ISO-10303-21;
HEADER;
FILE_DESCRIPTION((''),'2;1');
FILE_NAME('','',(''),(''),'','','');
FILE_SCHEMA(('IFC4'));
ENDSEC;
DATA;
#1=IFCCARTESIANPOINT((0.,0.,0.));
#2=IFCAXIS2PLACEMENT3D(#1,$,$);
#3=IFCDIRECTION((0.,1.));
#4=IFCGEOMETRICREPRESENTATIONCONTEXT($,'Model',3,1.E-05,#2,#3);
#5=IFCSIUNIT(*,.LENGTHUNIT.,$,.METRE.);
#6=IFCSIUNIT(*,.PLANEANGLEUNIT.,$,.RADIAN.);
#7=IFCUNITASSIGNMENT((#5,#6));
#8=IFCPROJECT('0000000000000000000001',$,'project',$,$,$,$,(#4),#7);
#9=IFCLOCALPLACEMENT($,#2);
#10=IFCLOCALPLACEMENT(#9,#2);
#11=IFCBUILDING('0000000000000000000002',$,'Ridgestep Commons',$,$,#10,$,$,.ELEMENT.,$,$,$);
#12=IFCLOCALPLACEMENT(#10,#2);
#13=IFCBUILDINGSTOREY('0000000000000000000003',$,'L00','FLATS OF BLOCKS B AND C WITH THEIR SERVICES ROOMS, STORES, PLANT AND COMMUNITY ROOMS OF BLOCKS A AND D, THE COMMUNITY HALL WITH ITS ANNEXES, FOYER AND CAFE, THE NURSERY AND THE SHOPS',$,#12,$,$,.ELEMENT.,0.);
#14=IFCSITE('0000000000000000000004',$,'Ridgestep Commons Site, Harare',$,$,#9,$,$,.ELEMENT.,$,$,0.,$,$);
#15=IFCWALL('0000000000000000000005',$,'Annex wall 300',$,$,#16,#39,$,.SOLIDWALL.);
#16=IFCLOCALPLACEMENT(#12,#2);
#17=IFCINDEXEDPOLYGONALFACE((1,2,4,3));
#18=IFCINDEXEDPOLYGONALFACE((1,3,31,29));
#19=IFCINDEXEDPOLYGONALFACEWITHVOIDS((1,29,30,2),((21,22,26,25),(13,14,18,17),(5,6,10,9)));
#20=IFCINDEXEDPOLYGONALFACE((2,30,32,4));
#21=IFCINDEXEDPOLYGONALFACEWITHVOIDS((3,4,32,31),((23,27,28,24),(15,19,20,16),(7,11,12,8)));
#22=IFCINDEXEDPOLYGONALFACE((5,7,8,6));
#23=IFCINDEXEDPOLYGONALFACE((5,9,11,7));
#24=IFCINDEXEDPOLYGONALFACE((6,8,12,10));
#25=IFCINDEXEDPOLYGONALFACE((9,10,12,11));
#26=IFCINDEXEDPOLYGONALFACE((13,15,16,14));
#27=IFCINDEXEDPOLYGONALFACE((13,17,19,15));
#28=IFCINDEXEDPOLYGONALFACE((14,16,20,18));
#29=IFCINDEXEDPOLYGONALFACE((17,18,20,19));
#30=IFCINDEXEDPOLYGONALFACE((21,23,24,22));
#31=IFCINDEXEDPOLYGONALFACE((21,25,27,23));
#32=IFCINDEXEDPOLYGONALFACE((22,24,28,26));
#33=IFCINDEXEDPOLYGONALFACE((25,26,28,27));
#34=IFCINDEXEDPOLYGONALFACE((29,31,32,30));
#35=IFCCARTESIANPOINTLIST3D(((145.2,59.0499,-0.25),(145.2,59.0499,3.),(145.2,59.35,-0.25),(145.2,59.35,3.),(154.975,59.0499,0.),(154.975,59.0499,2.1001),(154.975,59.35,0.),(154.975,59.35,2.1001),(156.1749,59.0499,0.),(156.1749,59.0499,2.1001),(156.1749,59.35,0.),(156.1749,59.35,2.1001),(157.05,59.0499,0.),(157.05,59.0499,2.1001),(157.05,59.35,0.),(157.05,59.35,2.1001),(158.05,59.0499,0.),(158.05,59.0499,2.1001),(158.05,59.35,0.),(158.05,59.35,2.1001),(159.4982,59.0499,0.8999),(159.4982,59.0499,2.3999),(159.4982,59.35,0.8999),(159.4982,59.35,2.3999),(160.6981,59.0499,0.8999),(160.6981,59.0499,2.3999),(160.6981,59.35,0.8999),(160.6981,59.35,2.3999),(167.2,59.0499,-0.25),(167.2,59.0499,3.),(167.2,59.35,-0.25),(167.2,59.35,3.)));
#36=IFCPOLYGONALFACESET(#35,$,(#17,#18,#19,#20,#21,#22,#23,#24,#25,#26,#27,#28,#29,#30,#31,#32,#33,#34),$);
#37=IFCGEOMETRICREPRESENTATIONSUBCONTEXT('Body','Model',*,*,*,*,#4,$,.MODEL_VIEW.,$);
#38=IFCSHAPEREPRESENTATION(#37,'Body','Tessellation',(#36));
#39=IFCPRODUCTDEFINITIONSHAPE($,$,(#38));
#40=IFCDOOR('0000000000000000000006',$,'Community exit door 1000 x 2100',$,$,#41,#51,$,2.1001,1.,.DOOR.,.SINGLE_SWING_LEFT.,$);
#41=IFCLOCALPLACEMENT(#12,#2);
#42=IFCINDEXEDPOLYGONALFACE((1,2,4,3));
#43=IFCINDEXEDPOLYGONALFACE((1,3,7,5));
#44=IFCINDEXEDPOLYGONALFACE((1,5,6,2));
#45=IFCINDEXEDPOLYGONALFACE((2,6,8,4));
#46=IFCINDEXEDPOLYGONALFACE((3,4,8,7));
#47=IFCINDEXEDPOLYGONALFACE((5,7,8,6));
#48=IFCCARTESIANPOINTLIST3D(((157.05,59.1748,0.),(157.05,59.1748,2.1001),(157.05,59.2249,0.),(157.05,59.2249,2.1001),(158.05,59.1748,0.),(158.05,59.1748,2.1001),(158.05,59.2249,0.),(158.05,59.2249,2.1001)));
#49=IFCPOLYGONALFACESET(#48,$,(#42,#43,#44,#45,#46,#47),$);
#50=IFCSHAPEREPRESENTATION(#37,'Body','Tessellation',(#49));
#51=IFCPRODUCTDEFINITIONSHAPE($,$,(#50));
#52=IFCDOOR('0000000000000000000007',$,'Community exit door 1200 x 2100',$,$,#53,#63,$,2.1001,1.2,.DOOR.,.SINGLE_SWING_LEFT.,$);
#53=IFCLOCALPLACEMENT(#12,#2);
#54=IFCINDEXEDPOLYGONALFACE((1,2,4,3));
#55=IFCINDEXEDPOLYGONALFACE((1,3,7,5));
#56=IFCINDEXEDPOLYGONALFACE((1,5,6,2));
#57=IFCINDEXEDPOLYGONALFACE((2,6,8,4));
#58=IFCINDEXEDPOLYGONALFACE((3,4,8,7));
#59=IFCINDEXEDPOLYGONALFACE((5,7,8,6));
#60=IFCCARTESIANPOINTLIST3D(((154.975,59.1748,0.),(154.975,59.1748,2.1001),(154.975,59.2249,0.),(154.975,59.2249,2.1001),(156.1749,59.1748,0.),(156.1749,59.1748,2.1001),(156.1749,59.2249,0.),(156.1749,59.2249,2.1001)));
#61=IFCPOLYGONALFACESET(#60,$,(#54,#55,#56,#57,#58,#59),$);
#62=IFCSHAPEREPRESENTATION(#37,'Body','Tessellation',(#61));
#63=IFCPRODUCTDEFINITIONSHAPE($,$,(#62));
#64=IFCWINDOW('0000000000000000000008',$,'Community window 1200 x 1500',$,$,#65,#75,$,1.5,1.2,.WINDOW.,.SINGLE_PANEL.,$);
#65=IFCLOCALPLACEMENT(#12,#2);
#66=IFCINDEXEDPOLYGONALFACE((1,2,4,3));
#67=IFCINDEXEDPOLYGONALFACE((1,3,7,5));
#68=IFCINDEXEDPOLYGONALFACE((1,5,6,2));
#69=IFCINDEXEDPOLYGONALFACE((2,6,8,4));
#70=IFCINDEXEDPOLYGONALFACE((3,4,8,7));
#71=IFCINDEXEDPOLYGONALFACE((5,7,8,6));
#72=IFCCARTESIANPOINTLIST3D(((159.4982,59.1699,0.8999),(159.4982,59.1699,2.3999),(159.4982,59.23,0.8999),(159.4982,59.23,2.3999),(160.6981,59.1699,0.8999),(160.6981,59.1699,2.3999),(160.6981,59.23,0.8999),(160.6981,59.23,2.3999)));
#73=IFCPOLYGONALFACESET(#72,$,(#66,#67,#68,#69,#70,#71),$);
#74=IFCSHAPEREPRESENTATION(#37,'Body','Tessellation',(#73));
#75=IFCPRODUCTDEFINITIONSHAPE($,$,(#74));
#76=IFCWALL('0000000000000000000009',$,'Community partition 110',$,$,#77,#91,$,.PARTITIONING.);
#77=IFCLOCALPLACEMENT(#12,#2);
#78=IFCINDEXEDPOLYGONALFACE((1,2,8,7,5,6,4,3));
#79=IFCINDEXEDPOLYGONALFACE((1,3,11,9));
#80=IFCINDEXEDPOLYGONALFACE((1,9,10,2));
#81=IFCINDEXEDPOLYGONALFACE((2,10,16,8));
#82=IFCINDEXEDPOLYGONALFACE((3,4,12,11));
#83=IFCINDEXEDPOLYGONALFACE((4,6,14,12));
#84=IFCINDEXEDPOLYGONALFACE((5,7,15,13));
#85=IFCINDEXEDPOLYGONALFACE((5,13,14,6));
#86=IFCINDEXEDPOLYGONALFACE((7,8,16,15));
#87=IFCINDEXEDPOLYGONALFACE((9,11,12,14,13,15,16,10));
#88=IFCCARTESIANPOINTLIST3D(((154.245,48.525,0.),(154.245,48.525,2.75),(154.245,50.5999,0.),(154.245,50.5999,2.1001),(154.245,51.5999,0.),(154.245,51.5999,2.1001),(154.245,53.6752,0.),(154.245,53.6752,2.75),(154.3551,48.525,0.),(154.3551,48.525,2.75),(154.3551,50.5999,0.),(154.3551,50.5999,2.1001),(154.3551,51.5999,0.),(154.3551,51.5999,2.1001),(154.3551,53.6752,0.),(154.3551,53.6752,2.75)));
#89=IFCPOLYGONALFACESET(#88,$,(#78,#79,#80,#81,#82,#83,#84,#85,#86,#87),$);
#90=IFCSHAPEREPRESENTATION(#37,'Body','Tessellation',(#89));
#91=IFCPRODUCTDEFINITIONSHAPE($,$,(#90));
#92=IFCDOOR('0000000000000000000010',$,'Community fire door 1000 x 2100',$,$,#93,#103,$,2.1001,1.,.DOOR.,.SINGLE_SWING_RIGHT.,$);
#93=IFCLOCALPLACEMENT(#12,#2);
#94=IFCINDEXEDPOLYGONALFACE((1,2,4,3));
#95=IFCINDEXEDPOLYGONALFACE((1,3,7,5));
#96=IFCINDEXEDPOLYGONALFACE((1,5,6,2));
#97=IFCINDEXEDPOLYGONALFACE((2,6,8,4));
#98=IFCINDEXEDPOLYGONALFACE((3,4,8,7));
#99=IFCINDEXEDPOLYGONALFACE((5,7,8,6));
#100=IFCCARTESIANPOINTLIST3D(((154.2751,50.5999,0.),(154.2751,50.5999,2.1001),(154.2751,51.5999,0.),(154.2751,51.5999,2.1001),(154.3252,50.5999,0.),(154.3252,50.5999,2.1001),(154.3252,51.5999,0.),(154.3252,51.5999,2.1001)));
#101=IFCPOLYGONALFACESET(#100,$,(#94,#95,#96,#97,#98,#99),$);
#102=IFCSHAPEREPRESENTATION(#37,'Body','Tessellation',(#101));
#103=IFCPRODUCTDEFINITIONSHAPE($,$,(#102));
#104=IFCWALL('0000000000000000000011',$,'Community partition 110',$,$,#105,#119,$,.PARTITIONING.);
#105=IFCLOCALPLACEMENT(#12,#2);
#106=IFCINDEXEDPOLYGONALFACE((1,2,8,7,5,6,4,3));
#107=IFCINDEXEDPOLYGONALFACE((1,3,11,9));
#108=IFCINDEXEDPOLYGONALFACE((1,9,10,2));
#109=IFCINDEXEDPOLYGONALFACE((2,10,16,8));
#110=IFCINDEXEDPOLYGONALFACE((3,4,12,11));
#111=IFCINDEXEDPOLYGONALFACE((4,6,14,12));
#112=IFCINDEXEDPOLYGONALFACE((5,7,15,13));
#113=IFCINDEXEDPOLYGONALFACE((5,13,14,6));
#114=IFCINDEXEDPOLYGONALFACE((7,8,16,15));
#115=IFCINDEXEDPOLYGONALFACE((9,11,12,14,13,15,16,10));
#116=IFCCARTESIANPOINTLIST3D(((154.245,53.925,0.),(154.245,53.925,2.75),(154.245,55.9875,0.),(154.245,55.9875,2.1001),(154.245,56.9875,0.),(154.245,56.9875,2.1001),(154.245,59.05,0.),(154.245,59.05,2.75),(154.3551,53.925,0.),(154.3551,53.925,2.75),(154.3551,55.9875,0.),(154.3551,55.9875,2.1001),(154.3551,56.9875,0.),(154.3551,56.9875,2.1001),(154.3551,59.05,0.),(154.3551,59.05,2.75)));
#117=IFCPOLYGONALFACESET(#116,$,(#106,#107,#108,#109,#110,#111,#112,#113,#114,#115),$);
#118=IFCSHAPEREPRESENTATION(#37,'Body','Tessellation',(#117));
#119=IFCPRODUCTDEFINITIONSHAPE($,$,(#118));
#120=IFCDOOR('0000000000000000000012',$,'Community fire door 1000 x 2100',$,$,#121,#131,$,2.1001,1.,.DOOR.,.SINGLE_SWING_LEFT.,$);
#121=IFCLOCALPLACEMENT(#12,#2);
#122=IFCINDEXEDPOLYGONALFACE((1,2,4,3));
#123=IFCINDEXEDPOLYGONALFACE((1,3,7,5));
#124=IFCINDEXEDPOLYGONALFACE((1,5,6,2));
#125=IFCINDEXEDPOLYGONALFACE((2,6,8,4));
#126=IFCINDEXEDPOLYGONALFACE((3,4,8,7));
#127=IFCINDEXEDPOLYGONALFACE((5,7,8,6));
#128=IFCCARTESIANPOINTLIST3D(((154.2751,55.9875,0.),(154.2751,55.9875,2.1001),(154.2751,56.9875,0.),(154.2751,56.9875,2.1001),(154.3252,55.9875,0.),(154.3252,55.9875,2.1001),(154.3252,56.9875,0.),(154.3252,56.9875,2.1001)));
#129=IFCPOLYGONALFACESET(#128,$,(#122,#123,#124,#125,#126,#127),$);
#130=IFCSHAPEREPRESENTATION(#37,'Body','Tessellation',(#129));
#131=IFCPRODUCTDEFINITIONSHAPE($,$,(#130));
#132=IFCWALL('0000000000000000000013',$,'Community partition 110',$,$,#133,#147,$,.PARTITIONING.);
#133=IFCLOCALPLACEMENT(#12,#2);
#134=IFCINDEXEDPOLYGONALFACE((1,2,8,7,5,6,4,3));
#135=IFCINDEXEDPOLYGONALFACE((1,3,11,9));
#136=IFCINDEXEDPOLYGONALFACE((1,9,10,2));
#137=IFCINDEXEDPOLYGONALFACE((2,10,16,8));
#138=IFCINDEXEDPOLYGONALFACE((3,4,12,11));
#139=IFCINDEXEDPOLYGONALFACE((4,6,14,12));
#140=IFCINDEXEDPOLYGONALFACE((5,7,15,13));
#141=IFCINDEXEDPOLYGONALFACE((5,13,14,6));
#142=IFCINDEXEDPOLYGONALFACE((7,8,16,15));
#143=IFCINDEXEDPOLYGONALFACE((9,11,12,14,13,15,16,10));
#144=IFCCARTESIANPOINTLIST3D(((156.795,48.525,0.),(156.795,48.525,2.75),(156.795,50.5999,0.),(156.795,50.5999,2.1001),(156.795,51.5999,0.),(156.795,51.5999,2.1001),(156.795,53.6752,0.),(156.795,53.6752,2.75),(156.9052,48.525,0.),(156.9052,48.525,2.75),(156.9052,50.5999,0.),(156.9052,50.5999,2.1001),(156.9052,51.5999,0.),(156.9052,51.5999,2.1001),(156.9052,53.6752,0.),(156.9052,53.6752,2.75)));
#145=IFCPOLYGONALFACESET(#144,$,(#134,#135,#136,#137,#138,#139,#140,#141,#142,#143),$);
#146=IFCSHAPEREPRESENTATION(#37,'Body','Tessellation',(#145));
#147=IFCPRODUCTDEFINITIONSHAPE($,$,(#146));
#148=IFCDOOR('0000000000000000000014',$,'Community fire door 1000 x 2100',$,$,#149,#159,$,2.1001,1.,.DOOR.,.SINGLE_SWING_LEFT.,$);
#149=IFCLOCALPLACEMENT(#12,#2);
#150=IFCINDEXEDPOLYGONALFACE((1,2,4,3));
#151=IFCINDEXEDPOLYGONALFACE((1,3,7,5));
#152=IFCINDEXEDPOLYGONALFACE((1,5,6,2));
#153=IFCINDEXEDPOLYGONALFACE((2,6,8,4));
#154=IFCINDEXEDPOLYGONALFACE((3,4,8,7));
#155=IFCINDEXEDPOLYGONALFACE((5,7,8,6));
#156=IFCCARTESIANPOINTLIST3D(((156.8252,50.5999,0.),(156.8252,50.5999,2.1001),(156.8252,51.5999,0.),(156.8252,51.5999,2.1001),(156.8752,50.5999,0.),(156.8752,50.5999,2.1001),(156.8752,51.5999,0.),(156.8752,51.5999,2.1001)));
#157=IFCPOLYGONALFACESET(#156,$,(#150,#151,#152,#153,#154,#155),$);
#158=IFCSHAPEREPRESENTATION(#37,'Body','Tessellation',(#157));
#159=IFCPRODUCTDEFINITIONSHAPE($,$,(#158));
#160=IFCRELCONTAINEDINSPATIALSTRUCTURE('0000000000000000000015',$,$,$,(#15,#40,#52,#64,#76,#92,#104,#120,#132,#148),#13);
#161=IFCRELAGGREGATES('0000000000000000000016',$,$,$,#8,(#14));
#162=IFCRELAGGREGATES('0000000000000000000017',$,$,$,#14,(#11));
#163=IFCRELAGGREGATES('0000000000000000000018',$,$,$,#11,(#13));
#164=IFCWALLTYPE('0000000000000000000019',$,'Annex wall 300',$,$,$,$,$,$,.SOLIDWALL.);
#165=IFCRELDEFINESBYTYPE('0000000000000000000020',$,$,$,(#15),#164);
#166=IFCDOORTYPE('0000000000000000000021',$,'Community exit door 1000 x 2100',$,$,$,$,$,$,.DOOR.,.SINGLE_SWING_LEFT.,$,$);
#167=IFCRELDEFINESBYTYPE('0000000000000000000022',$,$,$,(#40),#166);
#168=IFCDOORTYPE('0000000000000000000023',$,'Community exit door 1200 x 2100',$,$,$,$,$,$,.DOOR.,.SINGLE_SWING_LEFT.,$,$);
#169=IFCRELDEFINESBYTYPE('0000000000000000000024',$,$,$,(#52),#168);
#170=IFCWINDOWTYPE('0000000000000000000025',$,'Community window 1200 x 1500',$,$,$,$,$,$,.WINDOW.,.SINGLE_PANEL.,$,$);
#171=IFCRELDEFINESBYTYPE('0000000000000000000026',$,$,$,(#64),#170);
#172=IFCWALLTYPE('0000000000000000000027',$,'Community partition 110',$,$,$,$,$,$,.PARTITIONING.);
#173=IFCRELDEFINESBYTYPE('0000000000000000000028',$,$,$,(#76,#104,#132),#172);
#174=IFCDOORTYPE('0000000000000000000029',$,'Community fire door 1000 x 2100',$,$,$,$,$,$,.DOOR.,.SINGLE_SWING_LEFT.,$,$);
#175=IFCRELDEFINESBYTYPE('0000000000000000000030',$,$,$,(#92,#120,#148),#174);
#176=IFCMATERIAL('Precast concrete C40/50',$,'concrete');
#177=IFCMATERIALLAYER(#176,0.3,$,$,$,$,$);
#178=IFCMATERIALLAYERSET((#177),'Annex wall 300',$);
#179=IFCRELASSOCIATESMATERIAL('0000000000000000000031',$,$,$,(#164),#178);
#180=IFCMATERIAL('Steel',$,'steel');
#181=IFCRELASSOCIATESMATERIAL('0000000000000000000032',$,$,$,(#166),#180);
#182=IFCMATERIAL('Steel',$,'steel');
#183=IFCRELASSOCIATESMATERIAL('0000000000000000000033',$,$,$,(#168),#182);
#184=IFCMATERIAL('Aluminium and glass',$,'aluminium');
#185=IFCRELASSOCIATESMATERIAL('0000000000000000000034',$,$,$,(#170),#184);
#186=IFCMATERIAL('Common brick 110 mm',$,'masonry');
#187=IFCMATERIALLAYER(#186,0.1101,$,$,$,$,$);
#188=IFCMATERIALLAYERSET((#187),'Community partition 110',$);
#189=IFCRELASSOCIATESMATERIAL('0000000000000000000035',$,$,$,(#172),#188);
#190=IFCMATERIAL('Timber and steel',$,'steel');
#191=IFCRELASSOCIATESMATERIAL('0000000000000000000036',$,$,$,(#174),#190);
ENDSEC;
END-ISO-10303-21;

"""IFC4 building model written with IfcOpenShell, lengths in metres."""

from ifc_helpers import new_model, si_unit, direction, frame, frame_2d, origin, place, context, subcontext, project, spatial, rectangle, extrude, material, layer, layer_set, type_object, element, fill, save


model = new_model("IFC4")

# Units and contexts
model_context = context("Model", 3, precision=1e-05, world=origin(), true_north=direction((0.0, 1.0)))
body_context = subcontext(model_context, "Body", "Model", "MODEL_VIEW")
ifc_project = project(units=[si_unit("LENGTHUNIT", "METRE"), si_unit("PLANEANGLEUNIT", "RADIAN")], contexts=[model_context])

# Site, building, storey
site_placement = place(None, origin())
site = spatial("IfcSite", under=ifc_project, at=site_placement, Name="Ridgestep Commons Site, Harare", CompositionType="ELEMENT", RefElevation=0.0)
building_placement = place(site_placement, origin())
building = spatial("IfcBuilding", under=site, at=building_placement, Name="Ridgestep Commons", CompositionType="ELEMENT")
storey_placement = place(building_placement, origin())
storey = spatial("IfcBuildingStorey", under=building, at=storey_placement, Name="L00", Description="FLATS OF BLOCKS B AND C WITH THEIR SERVICES ROOMS, STORES, PLANT AND COMMUNITY ROOMS OF BLOCKS A AND D, THE COMMUNITY HALL WITH ITS ANNEXES, FOYER AND CAFE, THE NURSERY AND THE SHOPS", CompositionType="ELEMENT", Elevation=0.0)

# Wall, openings, doors, window
ifc_material_1 = material(Name="Precast concrete C40/50", Category="concrete")
ifc_layer_1 = layer(ifc_material_1, 0.3)
ifc_layer_set_1 = layer_set([ifc_layer_1], Name="Annex wall 300")
wall_type_1 = type_object("IfcWallType", Name="Annex wall 300", PredefinedType="SOLIDWALL", material=ifc_layer_set_1)
wall_1_placement = place(storey_placement, frame((145.2, 59.2, -0.25), z_axis=(0.0, 0.0, 1.0), x_axis=(1.0, 0.0, 0.0)))
wall_1 = element("IfcWall", 1, at=wall_1_placement, inside=storey, type_object=wall_type_1, Name="Annex wall 300", PredefinedType="SOLIDWALL", context=body_context, shape_type="SweptSolid", body=[
    extrude(rectangle(XDim=22.0, YDim=0.3, at=frame_2d((11.0, 0.0))), origin(), (0.0, 0.0, 1.0), 3.25),
])
opening_1_placement = place(wall_1_placement, frame((14.2981, 0.0, 1.1499)))
opening_1 = element("IfcOpeningElement", 2, at=opening_1_placement, cuts=wall_1, PredefinedType="OPENING", context=body_context, shape_type="SweptSolid", body=[
    extrude(rectangle(XDim=1.2, YDim=1.5, at=frame_2d((0.6001, 0.75))), frame((0.0, 0.1599, 0.0), z_axis=(0.0, -1.0, 0.0), x_axis=(1.0, 0.0, 0.0)), (0.0, 0.0, 1.0), 0.3201),
])
opening_2_placement = place(wall_1_placement, frame((9.7749, 0.0, 0.25)))
opening_2 = element("IfcOpeningElement", 3, at=opening_2_placement, cuts=wall_1, PredefinedType="OPENING", context=body_context, shape_type="SweptSolid", body=[
    extrude(rectangle(XDim=1.2, YDim=2.1001, at=frame_2d((0.6001, 1.05))), frame((0.0, 0.1599, 0.0), z_axis=(0.0, -1.0, 0.0), x_axis=(1.0, 0.0, 0.0)), (0.0, 0.0, 1.0), 0.3201),
])
opening_3_placement = place(wall_1_placement, frame((11.8501, 0.0, 0.25)))
opening_3 = element("IfcOpeningElement", 4, at=opening_3_placement, cuts=wall_1, PredefinedType="OPENING", context=body_context, shape_type="SweptSolid", body=[
    extrude(rectangle(XDim=1.0, YDim=2.1001, at=frame_2d((0.5, 1.05))), frame((0.0, 0.1599, 0.0), z_axis=(0.0, -1.0, 0.0), x_axis=(1.0, 0.0, 0.0)), (0.0, 0.0, 1.0), 0.3201),
])
ifc_material_2 = material(Name="Steel", Category="steel")
door_type_1 = type_object("IfcDoorType", Name="Community exit door 1000 x 2100", OperationType="SINGLE_SWING_LEFT", PredefinedType="DOOR", material=ifc_material_2)
door_1_placement = place(opening_3_placement, origin())
door_1 = element("IfcDoor", 5, at=door_1_placement, inside=storey, type_object=door_type_1, Name="Community exit door 1000 x 2100", OperationType="SINGLE_SWING_LEFT", OverallHeight=2.1001, OverallWidth=1.0, PredefinedType="DOOR", context=body_context, shape_type="SweptSolid", body=[
    extrude(rectangle(XDim=1.0, YDim=2.1001, at=frame_2d((0.5, 1.05))), frame((0.0, 0.0249, 0.0), z_axis=(0.0, -1.0, 0.0), x_axis=(1.0, 0.0, 0.0)), (0.0, 0.0, 1.0), 0.05),
])
fill(opening_3, door_1)
ifc_material_3 = material(Name="Steel", Category="steel")
door_type_2 = type_object("IfcDoorType", Name="Community exit door 1200 x 2100", OperationType="SINGLE_SWING_LEFT", PredefinedType="DOOR", material=ifc_material_3)
door_2_placement = place(opening_2_placement, origin())
door_2 = element("IfcDoor", 6, at=door_2_placement, inside=storey, type_object=door_type_2, Name="Community exit door 1200 x 2100", OperationType="SINGLE_SWING_LEFT", OverallHeight=2.1001, OverallWidth=1.2, PredefinedType="DOOR", context=body_context, shape_type="SweptSolid", body=[
    extrude(rectangle(XDim=1.2, YDim=2.1001, at=frame_2d((0.6001, 1.05))), frame((0.0, 0.0249, 0.0), z_axis=(0.0, -1.0, 0.0), x_axis=(1.0, 0.0, 0.0)), (0.0, 0.0, 1.0), 0.05),
])
fill(opening_2, door_2)
ifc_material_4 = material(Name="Aluminium and glass", Category="aluminium")
window_type = type_object("IfcWindowType", Name="Community window 1200 x 1500", PartitioningType="SINGLE_PANEL", PredefinedType="WINDOW", material=ifc_material_4)
window_placement = place(opening_1_placement, origin())
window = element("IfcWindow", 7, at=window_placement, inside=storey, type_object=window_type, Name="Community window 1200 x 1500", OverallHeight=1.5, OverallWidth=1.2, PartitioningType="SINGLE_PANEL", PredefinedType="WINDOW", context=body_context, shape_type="SweptSolid", body=[
    extrude(rectangle(XDim=1.2, YDim=1.5, at=frame_2d((0.6001, 0.75))), frame((0.0, 0.03, 0.0), z_axis=(0.0, -1.0, 0.0), x_axis=(1.0, 0.0, 0.0)), (0.0, 0.0, 1.0), 0.0601),
])
fill(opening_1, window)

# Walls, openings, doors
ifc_material_5 = material(Name="Common brick 110 mm", Category="masonry")
ifc_layer_2 = layer(ifc_material_5, 0.1101)
ifc_layer_set_2 = layer_set([ifc_layer_2], Name="Community partition 110")
wall_type_2 = type_object("IfcWallType", Name="Community partition 110", PredefinedType="PARTITIONING", material=ifc_layer_set_2)
wall_2_placement = place(storey_placement, frame((154.3, 48.5249, 0.0), z_axis=(0.0, 0.0, 1.0), x_axis=(0.0, 1.0, 0.0)))
wall_2 = element("IfcWall", 8, at=wall_2_placement, inside=storey, type_object=wall_type_2, Name="Community partition 110", PredefinedType="PARTITIONING", context=body_context, shape_type="SweptSolid", body=[
    extrude(rectangle(XDim=5.1501, YDim=0.1101, at=frame_2d((2.5752, 0.0))), origin(), (0.0, 0.0, 1.0), 2.75),
])
opening_4_placement = place(wall_2_placement, frame((2.075, 0.0, 0.0)))
opening_4 = element("IfcOpeningElement", 9, at=opening_4_placement, cuts=wall_2, PredefinedType="OPENING", context=body_context, shape_type="SweptSolid", body=[
    extrude(rectangle(XDim=1.0, YDim=2.1001, at=frame_2d((0.5, 1.05))), frame((0.0, 0.0649, 0.0), z_axis=(0.0, -1.0, 0.0), x_axis=(1.0, 0.0, 0.0)), (0.0, 0.0, 1.0), 0.1301),
])
ifc_material_6 = material(Name="Timber and steel", Category="steel")
door_type_3 = type_object("IfcDoorType", Name="Community fire door 1000 x 2100", OperationType="SINGLE_SWING_LEFT", PredefinedType="DOOR", material=ifc_material_6)
door_3_placement = place(opening_4_placement, origin())
door_3 = element("IfcDoor", 10, at=door_3_placement, inside=storey, type_object=door_type_3, Name="Community fire door 1000 x 2100", OperationType="SINGLE_SWING_RIGHT", OverallHeight=2.1001, OverallWidth=1.0, PredefinedType="DOOR", context=body_context, shape_type="SweptSolid", body=[
    extrude(rectangle(XDim=1.0, YDim=2.1001, at=frame_2d((0.5, 1.05))), frame((0.0, 0.0249, 0.0), z_axis=(0.0, -1.0, 0.0), x_axis=(1.0, 0.0, 0.0)), (0.0, 0.0, 1.0), 0.05),
])
fill(opening_4, door_3)
wall_3_placement = place(storey_placement, frame((154.3, 53.925, 0.0), z_axis=(0.0, 0.0, 1.0), x_axis=(0.0, 1.0, 0.0)))
wall_3 = element("IfcWall", 11, at=wall_3_placement, inside=storey, type_object=wall_type_2, Name="Community partition 110", PredefinedType="PARTITIONING", context=body_context, shape_type="SweptSolid", body=[
    extrude(rectangle(XDim=5.125, YDim=0.1101, at=frame_2d((2.5625, 0.0))), origin(), (0.0, 0.0, 1.0), 2.75),
])
opening_5_placement = place(wall_3_placement, frame((2.0625, 0.0, 0.0)))
opening_5 = element("IfcOpeningElement", 12, at=opening_5_placement, cuts=wall_3, PredefinedType="OPENING", context=body_context, shape_type="SweptSolid", body=[
    extrude(rectangle(XDim=1.0, YDim=2.1001, at=frame_2d((0.5, 1.05))), frame((0.0, 0.0649, 0.0), z_axis=(0.0, -1.0, 0.0), x_axis=(1.0, 0.0, 0.0)), (0.0, 0.0, 1.0), 0.1301),
])
door_4_placement = place(opening_5_placement, origin())
door_4 = element("IfcDoor", 13, at=door_4_placement, inside=storey, type_object=door_type_3, Name="Community fire door 1000 x 2100", OperationType="SINGLE_SWING_LEFT", OverallHeight=2.1001, OverallWidth=1.0, PredefinedType="DOOR", context=body_context, shape_type="SweptSolid", body=[
    extrude(rectangle(XDim=1.0, YDim=2.1001, at=frame_2d((0.5, 1.05))), frame((0.0, 0.0249, 0.0), z_axis=(0.0, -1.0, 0.0), x_axis=(1.0, 0.0, 0.0)), (0.0, 0.0, 1.0), 0.05),
])
fill(opening_5, door_4)
wall_4_placement = place(storey_placement, frame((156.8501, 48.5249, 0.0), z_axis=(0.0, 0.0, 1.0), x_axis=(0.0, 1.0, 0.0)))
wall_4 = element("IfcWall", 14, at=wall_4_placement, inside=storey, type_object=wall_type_2, Name="Community partition 110", PredefinedType="PARTITIONING", context=body_context, shape_type="SweptSolid", body=[
    extrude(rectangle(XDim=5.1501, YDim=0.1101, at=frame_2d((2.5752, 0.0))), origin(), (0.0, 0.0, 1.0), 2.75),
])
opening_6_placement = place(wall_4_placement, frame((2.075, 0.0, 0.0)))
opening_6 = element("IfcOpeningElement", 15, at=opening_6_placement, cuts=wall_4, PredefinedType="OPENING", context=body_context, shape_type="SweptSolid", body=[
    extrude(rectangle(XDim=1.0, YDim=2.1001, at=frame_2d((0.5, 1.05))), frame((0.0, 0.0649, 0.0), z_axis=(0.0, -1.0, 0.0), x_axis=(1.0, 0.0, 0.0)), (0.0, 0.0, 1.0), 0.1301),
])
door_5_placement = place(opening_6_placement, origin())
door_5 = element("IfcDoor", 16, at=door_5_placement, inside=storey, type_object=door_type_3, Name="Community fire door 1000 x 2100", OperationType="SINGLE_SWING_LEFT", OverallHeight=2.1001, OverallWidth=1.0, PredefinedType="DOOR", context=body_context, shape_type="SweptSolid", body=[
    extrude(rectangle(XDim=1.0, YDim=2.1001, at=frame_2d((0.5, 1.05))), frame((0.0, 0.0249, 0.0), z_axis=(0.0, -1.0, 0.0), x_axis=(1.0, 0.0, 0.0)), (0.0, 0.0, 1.0), 0.05),
])
fill(opening_6, door_5)

save(model, "model.ifc")
